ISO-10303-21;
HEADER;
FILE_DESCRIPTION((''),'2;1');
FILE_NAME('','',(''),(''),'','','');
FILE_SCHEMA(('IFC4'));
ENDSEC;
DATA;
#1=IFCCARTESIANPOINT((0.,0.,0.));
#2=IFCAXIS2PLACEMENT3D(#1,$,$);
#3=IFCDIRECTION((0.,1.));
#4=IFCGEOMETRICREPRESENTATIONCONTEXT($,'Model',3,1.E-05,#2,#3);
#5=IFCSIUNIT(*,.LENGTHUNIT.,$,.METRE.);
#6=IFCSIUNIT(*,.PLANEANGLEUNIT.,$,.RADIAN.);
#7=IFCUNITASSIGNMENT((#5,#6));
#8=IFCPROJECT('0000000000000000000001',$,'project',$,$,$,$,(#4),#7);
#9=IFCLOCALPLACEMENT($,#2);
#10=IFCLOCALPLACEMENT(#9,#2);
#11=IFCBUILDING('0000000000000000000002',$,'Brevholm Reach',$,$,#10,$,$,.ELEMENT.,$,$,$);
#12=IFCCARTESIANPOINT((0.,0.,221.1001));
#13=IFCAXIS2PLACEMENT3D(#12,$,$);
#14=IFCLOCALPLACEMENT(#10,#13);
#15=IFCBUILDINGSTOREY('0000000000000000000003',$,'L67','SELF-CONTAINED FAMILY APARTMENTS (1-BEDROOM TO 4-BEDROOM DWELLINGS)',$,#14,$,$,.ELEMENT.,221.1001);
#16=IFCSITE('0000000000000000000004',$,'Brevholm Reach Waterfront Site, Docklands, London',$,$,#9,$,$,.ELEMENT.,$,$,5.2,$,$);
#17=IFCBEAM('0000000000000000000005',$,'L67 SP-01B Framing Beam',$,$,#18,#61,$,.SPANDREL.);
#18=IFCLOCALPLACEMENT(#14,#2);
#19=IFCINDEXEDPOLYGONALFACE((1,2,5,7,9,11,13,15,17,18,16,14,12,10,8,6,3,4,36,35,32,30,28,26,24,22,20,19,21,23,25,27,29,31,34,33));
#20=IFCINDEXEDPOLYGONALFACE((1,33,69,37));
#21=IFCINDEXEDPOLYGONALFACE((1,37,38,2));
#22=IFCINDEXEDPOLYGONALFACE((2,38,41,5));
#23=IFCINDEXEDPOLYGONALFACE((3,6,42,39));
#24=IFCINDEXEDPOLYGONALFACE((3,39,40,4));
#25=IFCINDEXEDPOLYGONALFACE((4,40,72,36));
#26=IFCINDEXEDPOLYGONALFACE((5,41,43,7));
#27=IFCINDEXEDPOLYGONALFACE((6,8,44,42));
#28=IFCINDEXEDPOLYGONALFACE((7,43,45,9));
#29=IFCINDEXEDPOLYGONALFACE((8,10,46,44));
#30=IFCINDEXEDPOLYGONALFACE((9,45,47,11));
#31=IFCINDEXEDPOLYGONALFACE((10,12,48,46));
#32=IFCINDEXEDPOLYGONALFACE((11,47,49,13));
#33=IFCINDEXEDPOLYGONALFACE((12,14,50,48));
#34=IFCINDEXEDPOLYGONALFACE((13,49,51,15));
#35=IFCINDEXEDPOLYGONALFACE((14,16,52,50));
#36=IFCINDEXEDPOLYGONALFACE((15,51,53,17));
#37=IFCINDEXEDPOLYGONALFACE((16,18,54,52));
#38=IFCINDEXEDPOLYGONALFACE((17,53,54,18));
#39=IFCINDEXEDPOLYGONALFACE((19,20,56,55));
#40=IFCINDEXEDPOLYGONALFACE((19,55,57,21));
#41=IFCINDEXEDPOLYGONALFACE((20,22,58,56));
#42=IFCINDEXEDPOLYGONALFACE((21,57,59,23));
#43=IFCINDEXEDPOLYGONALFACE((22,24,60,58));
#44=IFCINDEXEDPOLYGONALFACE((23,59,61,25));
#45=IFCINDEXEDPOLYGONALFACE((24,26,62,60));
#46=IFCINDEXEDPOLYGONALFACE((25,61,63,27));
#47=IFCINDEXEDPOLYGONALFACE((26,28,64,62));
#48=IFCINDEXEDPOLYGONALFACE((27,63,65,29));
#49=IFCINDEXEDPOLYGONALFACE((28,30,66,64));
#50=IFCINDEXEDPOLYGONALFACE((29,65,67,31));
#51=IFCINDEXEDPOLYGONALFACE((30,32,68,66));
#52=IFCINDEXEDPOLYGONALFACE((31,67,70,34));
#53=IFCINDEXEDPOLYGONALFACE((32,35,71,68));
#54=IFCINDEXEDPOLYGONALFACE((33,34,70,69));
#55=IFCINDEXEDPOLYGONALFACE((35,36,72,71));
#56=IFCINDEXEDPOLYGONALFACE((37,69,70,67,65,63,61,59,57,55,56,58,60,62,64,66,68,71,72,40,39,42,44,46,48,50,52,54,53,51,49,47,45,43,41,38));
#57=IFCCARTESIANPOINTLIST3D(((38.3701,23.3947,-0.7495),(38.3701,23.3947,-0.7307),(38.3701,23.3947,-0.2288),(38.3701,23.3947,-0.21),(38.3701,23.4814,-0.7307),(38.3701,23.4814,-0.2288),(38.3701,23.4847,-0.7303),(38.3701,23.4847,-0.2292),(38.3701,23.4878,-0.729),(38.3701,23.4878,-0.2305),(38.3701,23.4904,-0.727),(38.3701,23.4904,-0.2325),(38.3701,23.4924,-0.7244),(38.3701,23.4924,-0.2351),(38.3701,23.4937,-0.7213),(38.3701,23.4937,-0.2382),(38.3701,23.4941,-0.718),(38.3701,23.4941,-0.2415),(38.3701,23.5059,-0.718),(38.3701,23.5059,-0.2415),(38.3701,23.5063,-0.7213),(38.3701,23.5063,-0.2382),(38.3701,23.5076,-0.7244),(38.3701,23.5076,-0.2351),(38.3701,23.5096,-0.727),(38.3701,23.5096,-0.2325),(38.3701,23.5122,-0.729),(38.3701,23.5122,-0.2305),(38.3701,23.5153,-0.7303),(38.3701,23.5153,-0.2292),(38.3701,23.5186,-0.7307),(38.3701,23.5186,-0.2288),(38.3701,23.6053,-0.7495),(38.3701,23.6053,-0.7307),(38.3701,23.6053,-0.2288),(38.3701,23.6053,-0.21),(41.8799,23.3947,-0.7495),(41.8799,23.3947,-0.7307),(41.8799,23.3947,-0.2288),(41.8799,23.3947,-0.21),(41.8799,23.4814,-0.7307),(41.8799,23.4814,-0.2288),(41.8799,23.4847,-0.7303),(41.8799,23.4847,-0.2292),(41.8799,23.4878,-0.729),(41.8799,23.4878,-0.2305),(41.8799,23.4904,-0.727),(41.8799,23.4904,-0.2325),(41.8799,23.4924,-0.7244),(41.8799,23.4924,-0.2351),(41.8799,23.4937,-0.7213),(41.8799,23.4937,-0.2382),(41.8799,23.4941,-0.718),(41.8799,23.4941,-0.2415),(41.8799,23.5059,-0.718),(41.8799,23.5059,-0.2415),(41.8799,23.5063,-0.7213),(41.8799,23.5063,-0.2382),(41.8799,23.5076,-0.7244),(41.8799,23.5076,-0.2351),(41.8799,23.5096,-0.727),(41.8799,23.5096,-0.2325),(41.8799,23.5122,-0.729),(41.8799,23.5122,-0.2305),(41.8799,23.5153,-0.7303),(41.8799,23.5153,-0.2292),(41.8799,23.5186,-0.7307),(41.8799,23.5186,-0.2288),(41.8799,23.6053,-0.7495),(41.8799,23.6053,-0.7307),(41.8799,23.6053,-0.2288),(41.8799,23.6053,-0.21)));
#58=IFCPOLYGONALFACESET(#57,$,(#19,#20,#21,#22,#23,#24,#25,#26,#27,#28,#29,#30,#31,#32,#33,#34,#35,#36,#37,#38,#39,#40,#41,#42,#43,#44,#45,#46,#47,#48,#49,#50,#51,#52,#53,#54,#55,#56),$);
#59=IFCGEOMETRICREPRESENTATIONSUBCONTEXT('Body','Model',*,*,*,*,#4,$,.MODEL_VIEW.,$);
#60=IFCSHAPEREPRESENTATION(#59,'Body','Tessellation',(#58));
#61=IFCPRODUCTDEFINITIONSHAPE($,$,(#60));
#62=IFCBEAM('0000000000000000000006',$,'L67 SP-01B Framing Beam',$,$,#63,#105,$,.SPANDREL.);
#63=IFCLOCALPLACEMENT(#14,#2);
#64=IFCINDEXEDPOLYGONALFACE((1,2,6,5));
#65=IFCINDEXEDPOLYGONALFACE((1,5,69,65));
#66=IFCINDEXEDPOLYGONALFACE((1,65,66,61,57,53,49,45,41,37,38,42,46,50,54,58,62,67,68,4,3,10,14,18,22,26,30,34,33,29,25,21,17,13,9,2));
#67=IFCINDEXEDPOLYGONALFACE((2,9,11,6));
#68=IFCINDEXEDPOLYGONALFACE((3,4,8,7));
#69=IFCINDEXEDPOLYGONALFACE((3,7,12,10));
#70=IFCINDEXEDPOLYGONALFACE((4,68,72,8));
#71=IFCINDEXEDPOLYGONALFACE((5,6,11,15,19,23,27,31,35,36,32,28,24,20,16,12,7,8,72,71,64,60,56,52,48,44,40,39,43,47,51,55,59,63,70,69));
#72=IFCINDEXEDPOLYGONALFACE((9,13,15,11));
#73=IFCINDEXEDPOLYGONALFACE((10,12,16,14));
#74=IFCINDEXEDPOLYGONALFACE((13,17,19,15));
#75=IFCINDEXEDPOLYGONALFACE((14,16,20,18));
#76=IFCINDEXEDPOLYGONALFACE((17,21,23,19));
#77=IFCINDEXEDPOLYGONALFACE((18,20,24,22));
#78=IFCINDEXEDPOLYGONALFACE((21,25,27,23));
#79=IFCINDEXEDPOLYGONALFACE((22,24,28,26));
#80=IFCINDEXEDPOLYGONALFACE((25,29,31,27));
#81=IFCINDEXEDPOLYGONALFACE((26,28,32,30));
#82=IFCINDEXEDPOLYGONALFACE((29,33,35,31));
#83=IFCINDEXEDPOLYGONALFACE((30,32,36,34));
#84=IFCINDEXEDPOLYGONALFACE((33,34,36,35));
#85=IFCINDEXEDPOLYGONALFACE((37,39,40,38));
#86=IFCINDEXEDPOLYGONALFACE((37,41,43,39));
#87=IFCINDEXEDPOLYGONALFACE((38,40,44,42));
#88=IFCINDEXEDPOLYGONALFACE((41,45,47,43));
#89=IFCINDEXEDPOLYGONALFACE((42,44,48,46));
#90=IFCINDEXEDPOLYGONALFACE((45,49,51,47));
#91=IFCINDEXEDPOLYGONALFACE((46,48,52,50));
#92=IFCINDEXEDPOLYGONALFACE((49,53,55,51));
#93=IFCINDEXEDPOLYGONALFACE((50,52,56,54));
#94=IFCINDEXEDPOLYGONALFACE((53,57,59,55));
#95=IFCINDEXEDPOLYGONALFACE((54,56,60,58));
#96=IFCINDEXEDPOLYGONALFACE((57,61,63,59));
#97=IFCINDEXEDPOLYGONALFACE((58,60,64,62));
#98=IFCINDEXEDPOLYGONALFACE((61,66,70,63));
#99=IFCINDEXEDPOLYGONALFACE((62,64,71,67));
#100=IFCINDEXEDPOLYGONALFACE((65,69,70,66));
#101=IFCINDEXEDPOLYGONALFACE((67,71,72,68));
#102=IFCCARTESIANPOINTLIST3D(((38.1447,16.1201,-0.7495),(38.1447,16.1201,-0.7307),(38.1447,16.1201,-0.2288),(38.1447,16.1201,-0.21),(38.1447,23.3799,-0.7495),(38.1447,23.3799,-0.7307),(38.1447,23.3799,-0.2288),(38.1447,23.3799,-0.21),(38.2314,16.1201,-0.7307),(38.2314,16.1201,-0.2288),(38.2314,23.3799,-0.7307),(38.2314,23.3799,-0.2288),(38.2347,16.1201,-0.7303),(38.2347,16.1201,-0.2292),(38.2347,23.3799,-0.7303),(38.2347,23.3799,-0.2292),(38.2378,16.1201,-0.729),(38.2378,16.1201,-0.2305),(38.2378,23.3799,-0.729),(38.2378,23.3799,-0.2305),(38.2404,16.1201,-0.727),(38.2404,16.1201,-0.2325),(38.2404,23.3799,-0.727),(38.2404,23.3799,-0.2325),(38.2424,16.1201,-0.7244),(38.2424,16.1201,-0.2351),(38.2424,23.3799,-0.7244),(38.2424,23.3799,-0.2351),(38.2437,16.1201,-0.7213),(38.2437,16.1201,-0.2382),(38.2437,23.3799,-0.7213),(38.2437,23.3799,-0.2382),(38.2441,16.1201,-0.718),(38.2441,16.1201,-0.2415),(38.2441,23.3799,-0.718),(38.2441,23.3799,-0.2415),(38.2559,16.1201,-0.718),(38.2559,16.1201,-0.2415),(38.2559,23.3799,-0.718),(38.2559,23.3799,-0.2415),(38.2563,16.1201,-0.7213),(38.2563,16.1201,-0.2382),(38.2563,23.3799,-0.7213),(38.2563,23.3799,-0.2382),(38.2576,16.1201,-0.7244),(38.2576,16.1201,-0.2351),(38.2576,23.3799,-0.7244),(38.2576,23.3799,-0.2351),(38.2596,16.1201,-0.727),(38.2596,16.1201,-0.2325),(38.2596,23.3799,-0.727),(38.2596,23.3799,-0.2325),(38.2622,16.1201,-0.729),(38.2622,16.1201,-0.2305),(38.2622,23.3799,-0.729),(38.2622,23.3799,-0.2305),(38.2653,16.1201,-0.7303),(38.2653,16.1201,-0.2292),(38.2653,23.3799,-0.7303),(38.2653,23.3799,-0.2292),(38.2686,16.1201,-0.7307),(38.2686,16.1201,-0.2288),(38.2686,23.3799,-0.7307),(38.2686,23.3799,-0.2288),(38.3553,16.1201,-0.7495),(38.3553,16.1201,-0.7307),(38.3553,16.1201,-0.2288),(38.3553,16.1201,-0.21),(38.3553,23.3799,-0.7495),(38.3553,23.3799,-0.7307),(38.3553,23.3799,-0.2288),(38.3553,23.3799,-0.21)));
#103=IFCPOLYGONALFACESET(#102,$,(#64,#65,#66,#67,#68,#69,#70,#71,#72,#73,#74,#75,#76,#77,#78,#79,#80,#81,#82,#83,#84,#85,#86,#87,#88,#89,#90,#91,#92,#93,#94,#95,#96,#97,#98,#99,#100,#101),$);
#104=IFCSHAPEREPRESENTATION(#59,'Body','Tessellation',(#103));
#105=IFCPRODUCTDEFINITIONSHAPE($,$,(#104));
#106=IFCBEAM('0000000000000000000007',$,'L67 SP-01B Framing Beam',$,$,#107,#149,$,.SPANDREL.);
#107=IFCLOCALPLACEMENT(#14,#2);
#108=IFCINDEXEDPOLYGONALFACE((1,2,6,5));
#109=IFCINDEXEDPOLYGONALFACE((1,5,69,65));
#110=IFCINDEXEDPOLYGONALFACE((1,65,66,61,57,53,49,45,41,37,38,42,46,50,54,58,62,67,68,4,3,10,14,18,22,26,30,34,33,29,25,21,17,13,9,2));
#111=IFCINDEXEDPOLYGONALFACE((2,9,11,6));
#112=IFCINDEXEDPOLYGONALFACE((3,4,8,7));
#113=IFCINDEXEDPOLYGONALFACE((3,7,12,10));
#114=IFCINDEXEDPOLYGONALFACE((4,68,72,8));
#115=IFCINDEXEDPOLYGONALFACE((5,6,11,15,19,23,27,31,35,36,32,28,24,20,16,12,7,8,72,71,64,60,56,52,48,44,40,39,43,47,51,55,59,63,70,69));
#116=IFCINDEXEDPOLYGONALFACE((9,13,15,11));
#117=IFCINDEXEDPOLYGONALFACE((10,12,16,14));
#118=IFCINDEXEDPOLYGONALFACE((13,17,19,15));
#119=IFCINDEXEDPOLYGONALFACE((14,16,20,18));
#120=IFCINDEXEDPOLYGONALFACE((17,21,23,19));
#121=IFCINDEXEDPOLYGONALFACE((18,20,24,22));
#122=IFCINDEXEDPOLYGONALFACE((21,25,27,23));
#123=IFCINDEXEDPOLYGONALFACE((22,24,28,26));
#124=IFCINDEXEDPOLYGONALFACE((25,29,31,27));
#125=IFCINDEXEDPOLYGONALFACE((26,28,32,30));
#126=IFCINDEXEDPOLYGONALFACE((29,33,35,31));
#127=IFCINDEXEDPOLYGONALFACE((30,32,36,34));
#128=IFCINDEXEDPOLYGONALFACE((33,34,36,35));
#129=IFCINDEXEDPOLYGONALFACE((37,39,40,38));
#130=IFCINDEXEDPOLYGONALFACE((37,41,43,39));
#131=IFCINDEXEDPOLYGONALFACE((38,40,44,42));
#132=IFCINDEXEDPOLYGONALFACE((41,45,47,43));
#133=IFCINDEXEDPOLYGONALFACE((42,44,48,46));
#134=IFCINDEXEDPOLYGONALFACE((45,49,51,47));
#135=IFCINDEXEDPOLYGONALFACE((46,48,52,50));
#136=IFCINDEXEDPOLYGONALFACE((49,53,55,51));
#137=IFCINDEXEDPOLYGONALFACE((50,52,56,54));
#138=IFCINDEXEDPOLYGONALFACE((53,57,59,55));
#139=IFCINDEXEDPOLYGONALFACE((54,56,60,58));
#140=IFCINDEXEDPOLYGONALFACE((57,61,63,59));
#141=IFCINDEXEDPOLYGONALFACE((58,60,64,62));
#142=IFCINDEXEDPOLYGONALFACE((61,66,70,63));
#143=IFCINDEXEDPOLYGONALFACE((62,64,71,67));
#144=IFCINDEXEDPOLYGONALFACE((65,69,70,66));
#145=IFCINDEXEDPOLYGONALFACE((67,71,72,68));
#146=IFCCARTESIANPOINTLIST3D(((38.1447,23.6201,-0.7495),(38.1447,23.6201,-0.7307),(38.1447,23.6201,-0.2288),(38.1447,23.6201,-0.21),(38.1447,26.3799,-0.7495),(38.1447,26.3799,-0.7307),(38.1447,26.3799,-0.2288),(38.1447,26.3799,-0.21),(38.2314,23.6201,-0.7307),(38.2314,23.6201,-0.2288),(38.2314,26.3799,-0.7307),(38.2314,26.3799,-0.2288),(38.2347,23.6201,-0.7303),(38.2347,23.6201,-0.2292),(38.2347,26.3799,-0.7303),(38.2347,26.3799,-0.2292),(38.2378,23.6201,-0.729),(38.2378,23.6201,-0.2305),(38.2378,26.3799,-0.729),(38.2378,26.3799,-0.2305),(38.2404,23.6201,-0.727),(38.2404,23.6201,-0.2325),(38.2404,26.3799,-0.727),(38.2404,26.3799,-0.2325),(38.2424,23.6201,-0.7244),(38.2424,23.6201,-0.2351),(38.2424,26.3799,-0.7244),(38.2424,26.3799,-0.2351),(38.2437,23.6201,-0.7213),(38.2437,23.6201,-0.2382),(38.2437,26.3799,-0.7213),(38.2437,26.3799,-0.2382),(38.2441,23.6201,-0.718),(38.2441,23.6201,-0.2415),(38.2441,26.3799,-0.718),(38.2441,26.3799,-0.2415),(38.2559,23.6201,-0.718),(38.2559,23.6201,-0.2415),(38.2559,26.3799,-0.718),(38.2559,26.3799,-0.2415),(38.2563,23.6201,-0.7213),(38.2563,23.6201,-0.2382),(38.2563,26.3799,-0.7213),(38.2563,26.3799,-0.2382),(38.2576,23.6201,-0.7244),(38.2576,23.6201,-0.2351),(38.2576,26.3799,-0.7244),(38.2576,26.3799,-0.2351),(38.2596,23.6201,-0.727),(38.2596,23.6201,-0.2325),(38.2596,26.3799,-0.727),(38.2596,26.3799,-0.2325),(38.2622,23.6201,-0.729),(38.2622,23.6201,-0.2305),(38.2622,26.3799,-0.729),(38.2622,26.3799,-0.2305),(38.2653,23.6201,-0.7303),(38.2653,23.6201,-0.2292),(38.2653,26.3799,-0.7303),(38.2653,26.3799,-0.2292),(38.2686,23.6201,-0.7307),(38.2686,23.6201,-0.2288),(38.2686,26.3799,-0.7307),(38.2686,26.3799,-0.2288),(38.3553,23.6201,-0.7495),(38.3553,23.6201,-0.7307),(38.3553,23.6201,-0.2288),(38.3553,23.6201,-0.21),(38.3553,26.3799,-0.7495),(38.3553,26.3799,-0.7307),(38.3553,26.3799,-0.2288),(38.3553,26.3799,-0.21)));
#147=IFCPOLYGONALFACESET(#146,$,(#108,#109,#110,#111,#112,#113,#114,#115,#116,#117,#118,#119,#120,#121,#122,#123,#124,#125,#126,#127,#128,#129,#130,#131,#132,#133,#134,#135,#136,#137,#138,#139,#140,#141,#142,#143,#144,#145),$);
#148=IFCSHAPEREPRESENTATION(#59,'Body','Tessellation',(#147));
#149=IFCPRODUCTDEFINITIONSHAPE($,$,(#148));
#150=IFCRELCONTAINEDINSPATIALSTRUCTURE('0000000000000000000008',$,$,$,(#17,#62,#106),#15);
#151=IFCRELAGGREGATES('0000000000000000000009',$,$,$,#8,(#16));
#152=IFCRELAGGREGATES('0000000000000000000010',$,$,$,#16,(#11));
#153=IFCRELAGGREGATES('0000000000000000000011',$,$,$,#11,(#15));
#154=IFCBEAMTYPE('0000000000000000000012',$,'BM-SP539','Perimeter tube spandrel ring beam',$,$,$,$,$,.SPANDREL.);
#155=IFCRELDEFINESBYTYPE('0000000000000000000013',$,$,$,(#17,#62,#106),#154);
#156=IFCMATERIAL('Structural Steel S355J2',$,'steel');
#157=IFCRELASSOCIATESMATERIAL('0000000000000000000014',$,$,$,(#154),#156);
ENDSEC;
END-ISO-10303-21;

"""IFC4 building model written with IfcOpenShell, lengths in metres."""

from ifc_helpers import new_model, si_unit, direction, frame, origin, origin_2d, place, context, subcontext, project, spatial, i_section, extrude, material, material_profile, profile_set, type_object, element, save


model = new_model("IFC4")

# Units and contexts
model_context = context("Model", 3, precision=1e-05, world=origin(), true_north=direction((0.0, 1.0)))
body_context = subcontext(model_context, "Body", "Model", "MODEL_VIEW")
ifc_project = project(units=[si_unit("LENGTHUNIT", "METRE"), si_unit("PLANEANGLEUNIT", "RADIAN")], contexts=[model_context])

# Site, building, storey
site_placement = place(None, origin())
site = spatial("IfcSite", under=ifc_project, at=site_placement, Name="Brevholm Reach Waterfront Site, Docklands, London", CompositionType="ELEMENT", RefElevation=5.2)
building_placement = place(site_placement, origin())
building = spatial("IfcBuilding", under=site, at=building_placement, Name="Brevholm Reach", CompositionType="ELEMENT")
storey_placement = place(building_placement, frame((0.0, 0.0, 221.1001)))
storey = spatial("IfcBuildingStorey", under=building, at=storey_placement, Name="L67", Description="SELF-CONTAINED FAMILY APARTMENTS (1-BEDROOM TO 4-BEDROOM DWELLINGS)", CompositionType="ELEMENT", Elevation=221.1001)

# Beams
ifc_material_1 = material(Name="Structural Steel S355J2", Category="steel")
ifc_material_profile_1 = material_profile(ifc_material_1, i_section(OverallWidth=0.2107, OverallDepth=0.5396, WebThickness=0.0117, FlangeThickness=0.0188, FilletRadius=0.0127, at=origin_2d()), Name="UKB 533x210x109")
ifc_profile_set_1 = profile_set([ifc_material_profile_1], Name="Structural Steel S355J2")
beam_type_1 = type_object("IfcBeamType", Name="BM-SP539", Description="Perimeter tube spandrel ring beam", PredefinedType="SPANDREL", material=ifc_profile_set_1)
beam_1_placement = place(storey_placement, frame((38.3701, 23.5, -0.4797), z_axis=(1.0, 0.0, 0.0), x_axis=(0.0, 1.0, 0.0)))
element("IfcBeam", 1, at=beam_1_placement, inside=storey, type_object=beam_type_1, Name="L67 SP-01B Framing Beam", PredefinedType="SPANDREL", context=body_context, shape_type="SweptSolid", body=[
    extrude(i_section(OverallWidth=0.2107, OverallDepth=0.5396, WebThickness=0.0117, FlangeThickness=0.0188, FilletRadius=0.0127, at=origin_2d()), origin(), (0.0, 0.0, 1.0), 3.5098),
])
beam_2_placement = place(storey_placement, frame((38.25, 16.1201, -0.4797), z_axis=(0.0, 1.0, 0.0), x_axis=(-1.0, 0.0, 0.0)))
element("IfcBeam", 2, at=beam_2_placement, inside=storey, type_object=beam_type_1, Name="L67 SP-01B Framing Beam", PredefinedType="SPANDREL", context=body_context, shape_type="SweptSolid", body=[
    extrude(i_section(OverallWidth=0.2107, OverallDepth=0.5396, WebThickness=0.0117, FlangeThickness=0.0188, FilletRadius=0.0127, at=origin_2d()), origin(), (0.0, 0.0, 1.0), 7.2598),
])
beam_3_placement = place(storey_placement, frame((38.25, 23.6201, -0.4797), z_axis=(0.0, 1.0, 0.0), x_axis=(-1.0, 0.0, 0.0)))
element("IfcBeam", 3, at=beam_3_placement, inside=storey, type_object=beam_type_1, Name="L67 SP-01B Framing Beam", PredefinedType="SPANDREL", context=body_context, shape_type="SweptSolid", body=[
    extrude(i_section(OverallWidth=0.2107, OverallDepth=0.5396, WebThickness=0.0117, FlangeThickness=0.0188, FilletRadius=0.0127, at=origin_2d()), origin(), (0.0, 0.0, 1.0), 2.7598),
])

save(model, "model.ifc")
